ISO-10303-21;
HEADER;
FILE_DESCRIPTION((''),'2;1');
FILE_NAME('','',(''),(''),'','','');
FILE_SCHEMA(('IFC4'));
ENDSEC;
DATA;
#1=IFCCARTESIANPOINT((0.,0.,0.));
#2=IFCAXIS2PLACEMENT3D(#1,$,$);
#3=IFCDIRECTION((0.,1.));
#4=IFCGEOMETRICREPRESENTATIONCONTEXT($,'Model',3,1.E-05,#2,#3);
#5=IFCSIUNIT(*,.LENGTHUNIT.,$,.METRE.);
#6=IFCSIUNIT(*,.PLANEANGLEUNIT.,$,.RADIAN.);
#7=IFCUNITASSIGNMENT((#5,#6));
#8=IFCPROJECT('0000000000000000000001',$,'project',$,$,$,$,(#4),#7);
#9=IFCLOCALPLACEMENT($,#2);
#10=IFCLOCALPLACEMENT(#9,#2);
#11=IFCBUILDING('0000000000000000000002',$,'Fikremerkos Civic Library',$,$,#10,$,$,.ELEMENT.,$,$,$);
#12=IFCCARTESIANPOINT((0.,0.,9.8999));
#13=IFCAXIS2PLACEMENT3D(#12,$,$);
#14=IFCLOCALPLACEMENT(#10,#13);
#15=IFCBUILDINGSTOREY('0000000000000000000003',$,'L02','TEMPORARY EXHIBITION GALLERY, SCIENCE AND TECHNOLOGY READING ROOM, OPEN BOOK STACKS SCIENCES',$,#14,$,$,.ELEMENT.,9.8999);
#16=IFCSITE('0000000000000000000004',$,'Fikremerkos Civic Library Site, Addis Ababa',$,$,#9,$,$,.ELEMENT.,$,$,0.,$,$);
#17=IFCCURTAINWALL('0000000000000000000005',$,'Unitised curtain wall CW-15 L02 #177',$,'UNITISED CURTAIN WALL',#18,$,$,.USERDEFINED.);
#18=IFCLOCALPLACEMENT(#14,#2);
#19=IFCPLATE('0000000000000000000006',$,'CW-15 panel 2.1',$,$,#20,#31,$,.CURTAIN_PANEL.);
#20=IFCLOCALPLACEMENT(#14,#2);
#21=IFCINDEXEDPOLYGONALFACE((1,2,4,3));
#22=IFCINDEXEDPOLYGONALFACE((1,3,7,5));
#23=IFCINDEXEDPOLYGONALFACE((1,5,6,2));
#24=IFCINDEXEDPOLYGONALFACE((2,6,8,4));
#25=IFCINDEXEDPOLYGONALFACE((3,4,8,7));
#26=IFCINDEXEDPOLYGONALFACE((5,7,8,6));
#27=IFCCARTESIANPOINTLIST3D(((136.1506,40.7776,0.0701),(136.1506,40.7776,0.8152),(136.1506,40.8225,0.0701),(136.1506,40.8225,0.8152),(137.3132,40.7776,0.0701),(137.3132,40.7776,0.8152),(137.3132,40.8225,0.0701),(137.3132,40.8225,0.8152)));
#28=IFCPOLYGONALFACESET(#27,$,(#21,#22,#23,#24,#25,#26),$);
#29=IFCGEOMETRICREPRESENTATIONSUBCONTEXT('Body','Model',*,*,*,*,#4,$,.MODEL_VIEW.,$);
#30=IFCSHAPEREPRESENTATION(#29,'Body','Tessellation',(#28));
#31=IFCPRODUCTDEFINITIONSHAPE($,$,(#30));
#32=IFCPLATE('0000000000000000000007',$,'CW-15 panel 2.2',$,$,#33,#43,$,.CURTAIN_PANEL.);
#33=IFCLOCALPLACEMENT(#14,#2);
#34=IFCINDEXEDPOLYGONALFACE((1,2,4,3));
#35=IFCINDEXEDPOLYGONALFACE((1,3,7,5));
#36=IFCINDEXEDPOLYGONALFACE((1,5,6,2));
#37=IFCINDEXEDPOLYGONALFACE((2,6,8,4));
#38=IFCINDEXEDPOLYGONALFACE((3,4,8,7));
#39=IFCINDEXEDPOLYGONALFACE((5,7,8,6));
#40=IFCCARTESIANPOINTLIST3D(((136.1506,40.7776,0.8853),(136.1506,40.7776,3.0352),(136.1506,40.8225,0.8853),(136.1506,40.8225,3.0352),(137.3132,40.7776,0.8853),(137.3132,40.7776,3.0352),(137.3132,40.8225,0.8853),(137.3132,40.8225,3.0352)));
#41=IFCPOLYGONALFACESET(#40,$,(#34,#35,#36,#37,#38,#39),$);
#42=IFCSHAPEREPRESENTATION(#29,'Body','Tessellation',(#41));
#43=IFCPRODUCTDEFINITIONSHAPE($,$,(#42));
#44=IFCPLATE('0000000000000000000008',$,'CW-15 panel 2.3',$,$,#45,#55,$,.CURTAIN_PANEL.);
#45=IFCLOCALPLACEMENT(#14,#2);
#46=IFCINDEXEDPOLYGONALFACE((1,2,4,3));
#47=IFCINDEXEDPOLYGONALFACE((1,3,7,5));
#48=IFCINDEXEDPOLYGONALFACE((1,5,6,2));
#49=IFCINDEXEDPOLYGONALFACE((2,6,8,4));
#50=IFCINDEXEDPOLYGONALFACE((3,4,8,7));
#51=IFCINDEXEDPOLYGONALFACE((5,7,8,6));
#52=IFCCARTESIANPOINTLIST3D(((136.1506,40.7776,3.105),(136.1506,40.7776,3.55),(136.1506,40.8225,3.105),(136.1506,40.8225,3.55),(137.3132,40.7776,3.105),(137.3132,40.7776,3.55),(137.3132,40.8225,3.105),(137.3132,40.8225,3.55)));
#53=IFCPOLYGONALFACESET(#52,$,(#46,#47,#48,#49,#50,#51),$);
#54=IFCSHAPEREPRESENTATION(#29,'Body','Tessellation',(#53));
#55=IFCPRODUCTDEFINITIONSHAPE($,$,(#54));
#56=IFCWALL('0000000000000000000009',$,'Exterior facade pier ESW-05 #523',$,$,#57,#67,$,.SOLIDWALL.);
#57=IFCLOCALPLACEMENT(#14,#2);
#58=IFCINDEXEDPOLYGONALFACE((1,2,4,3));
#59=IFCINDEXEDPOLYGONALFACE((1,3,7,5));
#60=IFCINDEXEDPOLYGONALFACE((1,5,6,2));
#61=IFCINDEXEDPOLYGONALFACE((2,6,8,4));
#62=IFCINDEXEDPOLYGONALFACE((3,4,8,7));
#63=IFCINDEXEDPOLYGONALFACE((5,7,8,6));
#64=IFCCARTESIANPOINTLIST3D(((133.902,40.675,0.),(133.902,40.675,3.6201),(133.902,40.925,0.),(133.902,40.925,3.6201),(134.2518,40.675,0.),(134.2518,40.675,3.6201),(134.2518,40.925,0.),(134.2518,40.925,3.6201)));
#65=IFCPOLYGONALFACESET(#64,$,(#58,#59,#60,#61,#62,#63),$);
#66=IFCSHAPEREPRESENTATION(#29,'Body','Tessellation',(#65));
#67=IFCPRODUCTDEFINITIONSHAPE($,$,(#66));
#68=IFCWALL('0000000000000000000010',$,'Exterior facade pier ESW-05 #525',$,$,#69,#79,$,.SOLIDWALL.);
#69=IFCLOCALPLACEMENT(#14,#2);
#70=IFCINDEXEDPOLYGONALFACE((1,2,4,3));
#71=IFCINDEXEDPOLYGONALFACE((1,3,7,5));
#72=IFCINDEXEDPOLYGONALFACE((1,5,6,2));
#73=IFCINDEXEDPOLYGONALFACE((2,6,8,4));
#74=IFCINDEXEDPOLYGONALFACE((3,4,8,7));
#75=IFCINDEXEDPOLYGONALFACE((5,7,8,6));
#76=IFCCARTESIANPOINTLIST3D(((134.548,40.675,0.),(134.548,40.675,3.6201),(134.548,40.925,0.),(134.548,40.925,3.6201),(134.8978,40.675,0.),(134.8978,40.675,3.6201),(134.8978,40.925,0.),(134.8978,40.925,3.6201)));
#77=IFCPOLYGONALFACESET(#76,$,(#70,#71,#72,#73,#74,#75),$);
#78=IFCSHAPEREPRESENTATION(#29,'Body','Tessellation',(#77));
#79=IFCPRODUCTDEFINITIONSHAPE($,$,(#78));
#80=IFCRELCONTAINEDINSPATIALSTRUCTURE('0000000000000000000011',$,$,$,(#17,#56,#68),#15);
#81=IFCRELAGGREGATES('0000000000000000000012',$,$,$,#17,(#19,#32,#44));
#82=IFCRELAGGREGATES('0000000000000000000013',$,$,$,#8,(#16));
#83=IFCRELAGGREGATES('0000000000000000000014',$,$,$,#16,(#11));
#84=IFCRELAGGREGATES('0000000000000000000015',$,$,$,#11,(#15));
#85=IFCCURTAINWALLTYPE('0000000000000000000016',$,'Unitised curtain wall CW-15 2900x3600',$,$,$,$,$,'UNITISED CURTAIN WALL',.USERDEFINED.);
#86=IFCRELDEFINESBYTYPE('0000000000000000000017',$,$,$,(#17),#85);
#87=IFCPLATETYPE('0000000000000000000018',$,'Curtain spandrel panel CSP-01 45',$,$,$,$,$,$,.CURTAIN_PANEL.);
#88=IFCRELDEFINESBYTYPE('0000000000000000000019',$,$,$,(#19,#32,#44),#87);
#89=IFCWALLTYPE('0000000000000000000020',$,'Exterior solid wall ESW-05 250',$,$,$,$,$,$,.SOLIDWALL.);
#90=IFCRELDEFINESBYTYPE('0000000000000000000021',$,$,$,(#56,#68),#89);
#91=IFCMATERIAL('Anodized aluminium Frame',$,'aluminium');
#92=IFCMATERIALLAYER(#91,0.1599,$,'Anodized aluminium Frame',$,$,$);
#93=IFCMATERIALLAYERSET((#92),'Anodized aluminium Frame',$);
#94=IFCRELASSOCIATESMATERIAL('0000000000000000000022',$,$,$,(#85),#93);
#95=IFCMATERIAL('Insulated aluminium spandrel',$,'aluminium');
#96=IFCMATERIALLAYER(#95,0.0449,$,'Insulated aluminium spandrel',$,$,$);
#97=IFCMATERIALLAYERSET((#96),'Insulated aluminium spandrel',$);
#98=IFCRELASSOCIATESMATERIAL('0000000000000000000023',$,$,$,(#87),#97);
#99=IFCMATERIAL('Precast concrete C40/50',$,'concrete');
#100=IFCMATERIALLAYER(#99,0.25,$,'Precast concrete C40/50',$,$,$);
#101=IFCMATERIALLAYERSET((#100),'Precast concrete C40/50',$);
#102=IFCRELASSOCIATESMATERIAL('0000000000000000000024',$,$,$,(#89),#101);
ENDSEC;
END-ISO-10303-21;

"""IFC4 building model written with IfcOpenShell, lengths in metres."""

from ifc_helpers import new_model, si_unit, direction, frame, frame_2d, origin, origin_2d, place, context, subcontext, project, spatial, rectangle, extrude, material, layer, layer_set, type_object, element, aggregate, save


model = new_model("IFC4")

# Units and contexts
model_context = context("Model", 3, precision=1e-05, world=origin(), true_north=direction((0.0, 1.0)))
body_context = subcontext(model_context, "Body", "Model", "MODEL_VIEW")
ifc_project = project(units=[si_unit("LENGTHUNIT", "METRE"), si_unit("PLANEANGLEUNIT", "RADIAN")], contexts=[model_context])

# Site, building, storey
site_placement = place(None, origin())
site = spatial("IfcSite", under=ifc_project, at=site_placement, Name="Fikremerkos Civic Library Site, Addis Ababa", CompositionType="ELEMENT", RefElevation=0.0)
building_placement = place(site_placement, origin())
building = spatial("IfcBuilding", under=site, at=building_placement, Name="Fikremerkos Civic Library", CompositionType="ELEMENT")
storey_placement = place(building_placement, frame((0.0, 0.0, 9.8999)))
storey = spatial("IfcBuildingStorey", under=building, at=storey_placement, Name="L02", Description="TEMPORARY EXHIBITION GALLERY, SCIENCE AND TECHNOLOGY READING ROOM, OPEN BOOK STACKS SCIENCES", CompositionType="ELEMENT", Elevation=9.8999)

# Shared definitions
ifc_material_1 = material(Name="Anodized aluminium Frame", Category="aluminium")

# Curtain wall
ifc_layer_1 = layer(ifc_material_1, 0.1599, Name="Anodized aluminium Frame")
ifc_layer_set_1 = layer_set([ifc_layer_1], Name="Anodized aluminium Frame")
curtain_wall_type_1 = type_object("IfcCurtainWallType", Name="Unitised curtain wall CW-15 2900x3600", ElementType="UNITISED CURTAIN WALL", PredefinedType="USERDEFINED", material=ifc_layer_set_1)
curtain_wall_1_placement = place(storey_placement, origin())
curtain_wall_1 = element("IfcCurtainWall", 1, at=curtain_wall_1_placement, inside=storey, type_object=curtain_wall_type_1, Name="Unitised curtain wall CW-15 L02 #177", ObjectType="UNITISED CURTAIN WALL", PredefinedType="USERDEFINED")

# Plates
ifc_material_2 = material(Name="Insulated aluminium spandrel", Category="aluminium")
ifc_layer_2 = layer(ifc_material_2, 0.0449, Name="Insulated aluminium spandrel")
ifc_layer_set_2 = layer_set([ifc_layer_2], Name="Insulated aluminium spandrel")
plate_type_1 = type_object("IfcPlateType", Name="Curtain spandrel panel CSP-01 45", PredefinedType="CURTAIN_PANEL", material=ifc_layer_set_2)
plate_1_placement = place(storey_placement, frame((136.7319, 40.8, 0.0701), z_axis=(0.0, 0.0, 1.0), x_axis=(1.0, 0.0, 0.0)))
plate_1 = element("IfcPlate", 2, at=plate_1_placement, type_object=plate_type_1, Name="CW-15 panel 2.1", PredefinedType="CURTAIN_PANEL", context=body_context, shape_type="SweptSolid", body=[
    extrude(rectangle(XDim=1.1626, YDim=0.0449, at=origin_2d()), origin(), (0.0, 0.0, 1.0), 0.7451),
])
plate_2_placement = place(storey_placement, frame((136.7319, 40.8, 0.8853), z_axis=(0.0, 0.0, 1.0), x_axis=(1.0, 0.0, 0.0)))
plate_2 = element("IfcPlate", 3, at=plate_2_placement, type_object=plate_type_1, Name="CW-15 panel 2.2", PredefinedType="CURTAIN_PANEL", context=body_context, shape_type="SweptSolid", body=[
    extrude(rectangle(XDim=1.1626, YDim=0.0449, at=origin_2d()), origin(), (0.0, 0.0, 1.0), 2.1499),
])
plate_3_placement = place(storey_placement, frame((136.7319, 40.8, 3.105), z_axis=(0.0, 0.0, 1.0), x_axis=(1.0, 0.0, 0.0)))
plate_3 = element("IfcPlate", 4, at=plate_3_placement, type_object=plate_type_1, Name="CW-15 panel 2.3", PredefinedType="CURTAIN_PANEL", context=body_context, shape_type="SweptSolid", body=[
    extrude(rectangle(XDim=1.1626, YDim=0.0449, at=origin_2d()), origin(), (0.0, 0.0, 1.0), 0.4451),
])
aggregate(curtain_wall_1, [plate_1, plate_2, plate_3])

# Walls
ifc_material_3 = material(Name="Precast concrete C40/50", Category="concrete")
ifc_layer_3 = layer(ifc_material_3, 0.25, Name="Precast concrete C40/50")
ifc_layer_set_3 = layer_set([ifc_layer_3], Name="Precast concrete C40/50")
wall_type = type_object("IfcWallType", Name="Exterior solid wall ESW-05 250", PredefinedType="SOLIDWALL", material=ifc_layer_set_3)
for number, where, z_axis, x_axis, name in (
    (5, (133.9021, 40.8, 0.0), (0.0, 0.0, 1.0), (1.0, 0.0, 0.0), "Exterior facade pier ESW-05 #523"),
    (6, (134.5481, 40.8, 0.0), (0.0, 0.0, 1.0), (1.0, 0.0, 0.0), "Exterior facade pier ESW-05 #525"),
):
    element("IfcWall", number, at=place(storey_placement, frame(where, z_axis=z_axis, x_axis=x_axis)), inside=storey, type_object=wall_type, Name=name, PredefinedType="SOLIDWALL", context=body_context, shape_type="SweptSolid", body=[
        extrude(rectangle(XDim=0.3499, YDim=0.25, at=frame_2d((0.1748, 0.0))), origin(), (0.0, 0.0, 1.0), 3.6201),
    ])

save(model, "model.ifc")
